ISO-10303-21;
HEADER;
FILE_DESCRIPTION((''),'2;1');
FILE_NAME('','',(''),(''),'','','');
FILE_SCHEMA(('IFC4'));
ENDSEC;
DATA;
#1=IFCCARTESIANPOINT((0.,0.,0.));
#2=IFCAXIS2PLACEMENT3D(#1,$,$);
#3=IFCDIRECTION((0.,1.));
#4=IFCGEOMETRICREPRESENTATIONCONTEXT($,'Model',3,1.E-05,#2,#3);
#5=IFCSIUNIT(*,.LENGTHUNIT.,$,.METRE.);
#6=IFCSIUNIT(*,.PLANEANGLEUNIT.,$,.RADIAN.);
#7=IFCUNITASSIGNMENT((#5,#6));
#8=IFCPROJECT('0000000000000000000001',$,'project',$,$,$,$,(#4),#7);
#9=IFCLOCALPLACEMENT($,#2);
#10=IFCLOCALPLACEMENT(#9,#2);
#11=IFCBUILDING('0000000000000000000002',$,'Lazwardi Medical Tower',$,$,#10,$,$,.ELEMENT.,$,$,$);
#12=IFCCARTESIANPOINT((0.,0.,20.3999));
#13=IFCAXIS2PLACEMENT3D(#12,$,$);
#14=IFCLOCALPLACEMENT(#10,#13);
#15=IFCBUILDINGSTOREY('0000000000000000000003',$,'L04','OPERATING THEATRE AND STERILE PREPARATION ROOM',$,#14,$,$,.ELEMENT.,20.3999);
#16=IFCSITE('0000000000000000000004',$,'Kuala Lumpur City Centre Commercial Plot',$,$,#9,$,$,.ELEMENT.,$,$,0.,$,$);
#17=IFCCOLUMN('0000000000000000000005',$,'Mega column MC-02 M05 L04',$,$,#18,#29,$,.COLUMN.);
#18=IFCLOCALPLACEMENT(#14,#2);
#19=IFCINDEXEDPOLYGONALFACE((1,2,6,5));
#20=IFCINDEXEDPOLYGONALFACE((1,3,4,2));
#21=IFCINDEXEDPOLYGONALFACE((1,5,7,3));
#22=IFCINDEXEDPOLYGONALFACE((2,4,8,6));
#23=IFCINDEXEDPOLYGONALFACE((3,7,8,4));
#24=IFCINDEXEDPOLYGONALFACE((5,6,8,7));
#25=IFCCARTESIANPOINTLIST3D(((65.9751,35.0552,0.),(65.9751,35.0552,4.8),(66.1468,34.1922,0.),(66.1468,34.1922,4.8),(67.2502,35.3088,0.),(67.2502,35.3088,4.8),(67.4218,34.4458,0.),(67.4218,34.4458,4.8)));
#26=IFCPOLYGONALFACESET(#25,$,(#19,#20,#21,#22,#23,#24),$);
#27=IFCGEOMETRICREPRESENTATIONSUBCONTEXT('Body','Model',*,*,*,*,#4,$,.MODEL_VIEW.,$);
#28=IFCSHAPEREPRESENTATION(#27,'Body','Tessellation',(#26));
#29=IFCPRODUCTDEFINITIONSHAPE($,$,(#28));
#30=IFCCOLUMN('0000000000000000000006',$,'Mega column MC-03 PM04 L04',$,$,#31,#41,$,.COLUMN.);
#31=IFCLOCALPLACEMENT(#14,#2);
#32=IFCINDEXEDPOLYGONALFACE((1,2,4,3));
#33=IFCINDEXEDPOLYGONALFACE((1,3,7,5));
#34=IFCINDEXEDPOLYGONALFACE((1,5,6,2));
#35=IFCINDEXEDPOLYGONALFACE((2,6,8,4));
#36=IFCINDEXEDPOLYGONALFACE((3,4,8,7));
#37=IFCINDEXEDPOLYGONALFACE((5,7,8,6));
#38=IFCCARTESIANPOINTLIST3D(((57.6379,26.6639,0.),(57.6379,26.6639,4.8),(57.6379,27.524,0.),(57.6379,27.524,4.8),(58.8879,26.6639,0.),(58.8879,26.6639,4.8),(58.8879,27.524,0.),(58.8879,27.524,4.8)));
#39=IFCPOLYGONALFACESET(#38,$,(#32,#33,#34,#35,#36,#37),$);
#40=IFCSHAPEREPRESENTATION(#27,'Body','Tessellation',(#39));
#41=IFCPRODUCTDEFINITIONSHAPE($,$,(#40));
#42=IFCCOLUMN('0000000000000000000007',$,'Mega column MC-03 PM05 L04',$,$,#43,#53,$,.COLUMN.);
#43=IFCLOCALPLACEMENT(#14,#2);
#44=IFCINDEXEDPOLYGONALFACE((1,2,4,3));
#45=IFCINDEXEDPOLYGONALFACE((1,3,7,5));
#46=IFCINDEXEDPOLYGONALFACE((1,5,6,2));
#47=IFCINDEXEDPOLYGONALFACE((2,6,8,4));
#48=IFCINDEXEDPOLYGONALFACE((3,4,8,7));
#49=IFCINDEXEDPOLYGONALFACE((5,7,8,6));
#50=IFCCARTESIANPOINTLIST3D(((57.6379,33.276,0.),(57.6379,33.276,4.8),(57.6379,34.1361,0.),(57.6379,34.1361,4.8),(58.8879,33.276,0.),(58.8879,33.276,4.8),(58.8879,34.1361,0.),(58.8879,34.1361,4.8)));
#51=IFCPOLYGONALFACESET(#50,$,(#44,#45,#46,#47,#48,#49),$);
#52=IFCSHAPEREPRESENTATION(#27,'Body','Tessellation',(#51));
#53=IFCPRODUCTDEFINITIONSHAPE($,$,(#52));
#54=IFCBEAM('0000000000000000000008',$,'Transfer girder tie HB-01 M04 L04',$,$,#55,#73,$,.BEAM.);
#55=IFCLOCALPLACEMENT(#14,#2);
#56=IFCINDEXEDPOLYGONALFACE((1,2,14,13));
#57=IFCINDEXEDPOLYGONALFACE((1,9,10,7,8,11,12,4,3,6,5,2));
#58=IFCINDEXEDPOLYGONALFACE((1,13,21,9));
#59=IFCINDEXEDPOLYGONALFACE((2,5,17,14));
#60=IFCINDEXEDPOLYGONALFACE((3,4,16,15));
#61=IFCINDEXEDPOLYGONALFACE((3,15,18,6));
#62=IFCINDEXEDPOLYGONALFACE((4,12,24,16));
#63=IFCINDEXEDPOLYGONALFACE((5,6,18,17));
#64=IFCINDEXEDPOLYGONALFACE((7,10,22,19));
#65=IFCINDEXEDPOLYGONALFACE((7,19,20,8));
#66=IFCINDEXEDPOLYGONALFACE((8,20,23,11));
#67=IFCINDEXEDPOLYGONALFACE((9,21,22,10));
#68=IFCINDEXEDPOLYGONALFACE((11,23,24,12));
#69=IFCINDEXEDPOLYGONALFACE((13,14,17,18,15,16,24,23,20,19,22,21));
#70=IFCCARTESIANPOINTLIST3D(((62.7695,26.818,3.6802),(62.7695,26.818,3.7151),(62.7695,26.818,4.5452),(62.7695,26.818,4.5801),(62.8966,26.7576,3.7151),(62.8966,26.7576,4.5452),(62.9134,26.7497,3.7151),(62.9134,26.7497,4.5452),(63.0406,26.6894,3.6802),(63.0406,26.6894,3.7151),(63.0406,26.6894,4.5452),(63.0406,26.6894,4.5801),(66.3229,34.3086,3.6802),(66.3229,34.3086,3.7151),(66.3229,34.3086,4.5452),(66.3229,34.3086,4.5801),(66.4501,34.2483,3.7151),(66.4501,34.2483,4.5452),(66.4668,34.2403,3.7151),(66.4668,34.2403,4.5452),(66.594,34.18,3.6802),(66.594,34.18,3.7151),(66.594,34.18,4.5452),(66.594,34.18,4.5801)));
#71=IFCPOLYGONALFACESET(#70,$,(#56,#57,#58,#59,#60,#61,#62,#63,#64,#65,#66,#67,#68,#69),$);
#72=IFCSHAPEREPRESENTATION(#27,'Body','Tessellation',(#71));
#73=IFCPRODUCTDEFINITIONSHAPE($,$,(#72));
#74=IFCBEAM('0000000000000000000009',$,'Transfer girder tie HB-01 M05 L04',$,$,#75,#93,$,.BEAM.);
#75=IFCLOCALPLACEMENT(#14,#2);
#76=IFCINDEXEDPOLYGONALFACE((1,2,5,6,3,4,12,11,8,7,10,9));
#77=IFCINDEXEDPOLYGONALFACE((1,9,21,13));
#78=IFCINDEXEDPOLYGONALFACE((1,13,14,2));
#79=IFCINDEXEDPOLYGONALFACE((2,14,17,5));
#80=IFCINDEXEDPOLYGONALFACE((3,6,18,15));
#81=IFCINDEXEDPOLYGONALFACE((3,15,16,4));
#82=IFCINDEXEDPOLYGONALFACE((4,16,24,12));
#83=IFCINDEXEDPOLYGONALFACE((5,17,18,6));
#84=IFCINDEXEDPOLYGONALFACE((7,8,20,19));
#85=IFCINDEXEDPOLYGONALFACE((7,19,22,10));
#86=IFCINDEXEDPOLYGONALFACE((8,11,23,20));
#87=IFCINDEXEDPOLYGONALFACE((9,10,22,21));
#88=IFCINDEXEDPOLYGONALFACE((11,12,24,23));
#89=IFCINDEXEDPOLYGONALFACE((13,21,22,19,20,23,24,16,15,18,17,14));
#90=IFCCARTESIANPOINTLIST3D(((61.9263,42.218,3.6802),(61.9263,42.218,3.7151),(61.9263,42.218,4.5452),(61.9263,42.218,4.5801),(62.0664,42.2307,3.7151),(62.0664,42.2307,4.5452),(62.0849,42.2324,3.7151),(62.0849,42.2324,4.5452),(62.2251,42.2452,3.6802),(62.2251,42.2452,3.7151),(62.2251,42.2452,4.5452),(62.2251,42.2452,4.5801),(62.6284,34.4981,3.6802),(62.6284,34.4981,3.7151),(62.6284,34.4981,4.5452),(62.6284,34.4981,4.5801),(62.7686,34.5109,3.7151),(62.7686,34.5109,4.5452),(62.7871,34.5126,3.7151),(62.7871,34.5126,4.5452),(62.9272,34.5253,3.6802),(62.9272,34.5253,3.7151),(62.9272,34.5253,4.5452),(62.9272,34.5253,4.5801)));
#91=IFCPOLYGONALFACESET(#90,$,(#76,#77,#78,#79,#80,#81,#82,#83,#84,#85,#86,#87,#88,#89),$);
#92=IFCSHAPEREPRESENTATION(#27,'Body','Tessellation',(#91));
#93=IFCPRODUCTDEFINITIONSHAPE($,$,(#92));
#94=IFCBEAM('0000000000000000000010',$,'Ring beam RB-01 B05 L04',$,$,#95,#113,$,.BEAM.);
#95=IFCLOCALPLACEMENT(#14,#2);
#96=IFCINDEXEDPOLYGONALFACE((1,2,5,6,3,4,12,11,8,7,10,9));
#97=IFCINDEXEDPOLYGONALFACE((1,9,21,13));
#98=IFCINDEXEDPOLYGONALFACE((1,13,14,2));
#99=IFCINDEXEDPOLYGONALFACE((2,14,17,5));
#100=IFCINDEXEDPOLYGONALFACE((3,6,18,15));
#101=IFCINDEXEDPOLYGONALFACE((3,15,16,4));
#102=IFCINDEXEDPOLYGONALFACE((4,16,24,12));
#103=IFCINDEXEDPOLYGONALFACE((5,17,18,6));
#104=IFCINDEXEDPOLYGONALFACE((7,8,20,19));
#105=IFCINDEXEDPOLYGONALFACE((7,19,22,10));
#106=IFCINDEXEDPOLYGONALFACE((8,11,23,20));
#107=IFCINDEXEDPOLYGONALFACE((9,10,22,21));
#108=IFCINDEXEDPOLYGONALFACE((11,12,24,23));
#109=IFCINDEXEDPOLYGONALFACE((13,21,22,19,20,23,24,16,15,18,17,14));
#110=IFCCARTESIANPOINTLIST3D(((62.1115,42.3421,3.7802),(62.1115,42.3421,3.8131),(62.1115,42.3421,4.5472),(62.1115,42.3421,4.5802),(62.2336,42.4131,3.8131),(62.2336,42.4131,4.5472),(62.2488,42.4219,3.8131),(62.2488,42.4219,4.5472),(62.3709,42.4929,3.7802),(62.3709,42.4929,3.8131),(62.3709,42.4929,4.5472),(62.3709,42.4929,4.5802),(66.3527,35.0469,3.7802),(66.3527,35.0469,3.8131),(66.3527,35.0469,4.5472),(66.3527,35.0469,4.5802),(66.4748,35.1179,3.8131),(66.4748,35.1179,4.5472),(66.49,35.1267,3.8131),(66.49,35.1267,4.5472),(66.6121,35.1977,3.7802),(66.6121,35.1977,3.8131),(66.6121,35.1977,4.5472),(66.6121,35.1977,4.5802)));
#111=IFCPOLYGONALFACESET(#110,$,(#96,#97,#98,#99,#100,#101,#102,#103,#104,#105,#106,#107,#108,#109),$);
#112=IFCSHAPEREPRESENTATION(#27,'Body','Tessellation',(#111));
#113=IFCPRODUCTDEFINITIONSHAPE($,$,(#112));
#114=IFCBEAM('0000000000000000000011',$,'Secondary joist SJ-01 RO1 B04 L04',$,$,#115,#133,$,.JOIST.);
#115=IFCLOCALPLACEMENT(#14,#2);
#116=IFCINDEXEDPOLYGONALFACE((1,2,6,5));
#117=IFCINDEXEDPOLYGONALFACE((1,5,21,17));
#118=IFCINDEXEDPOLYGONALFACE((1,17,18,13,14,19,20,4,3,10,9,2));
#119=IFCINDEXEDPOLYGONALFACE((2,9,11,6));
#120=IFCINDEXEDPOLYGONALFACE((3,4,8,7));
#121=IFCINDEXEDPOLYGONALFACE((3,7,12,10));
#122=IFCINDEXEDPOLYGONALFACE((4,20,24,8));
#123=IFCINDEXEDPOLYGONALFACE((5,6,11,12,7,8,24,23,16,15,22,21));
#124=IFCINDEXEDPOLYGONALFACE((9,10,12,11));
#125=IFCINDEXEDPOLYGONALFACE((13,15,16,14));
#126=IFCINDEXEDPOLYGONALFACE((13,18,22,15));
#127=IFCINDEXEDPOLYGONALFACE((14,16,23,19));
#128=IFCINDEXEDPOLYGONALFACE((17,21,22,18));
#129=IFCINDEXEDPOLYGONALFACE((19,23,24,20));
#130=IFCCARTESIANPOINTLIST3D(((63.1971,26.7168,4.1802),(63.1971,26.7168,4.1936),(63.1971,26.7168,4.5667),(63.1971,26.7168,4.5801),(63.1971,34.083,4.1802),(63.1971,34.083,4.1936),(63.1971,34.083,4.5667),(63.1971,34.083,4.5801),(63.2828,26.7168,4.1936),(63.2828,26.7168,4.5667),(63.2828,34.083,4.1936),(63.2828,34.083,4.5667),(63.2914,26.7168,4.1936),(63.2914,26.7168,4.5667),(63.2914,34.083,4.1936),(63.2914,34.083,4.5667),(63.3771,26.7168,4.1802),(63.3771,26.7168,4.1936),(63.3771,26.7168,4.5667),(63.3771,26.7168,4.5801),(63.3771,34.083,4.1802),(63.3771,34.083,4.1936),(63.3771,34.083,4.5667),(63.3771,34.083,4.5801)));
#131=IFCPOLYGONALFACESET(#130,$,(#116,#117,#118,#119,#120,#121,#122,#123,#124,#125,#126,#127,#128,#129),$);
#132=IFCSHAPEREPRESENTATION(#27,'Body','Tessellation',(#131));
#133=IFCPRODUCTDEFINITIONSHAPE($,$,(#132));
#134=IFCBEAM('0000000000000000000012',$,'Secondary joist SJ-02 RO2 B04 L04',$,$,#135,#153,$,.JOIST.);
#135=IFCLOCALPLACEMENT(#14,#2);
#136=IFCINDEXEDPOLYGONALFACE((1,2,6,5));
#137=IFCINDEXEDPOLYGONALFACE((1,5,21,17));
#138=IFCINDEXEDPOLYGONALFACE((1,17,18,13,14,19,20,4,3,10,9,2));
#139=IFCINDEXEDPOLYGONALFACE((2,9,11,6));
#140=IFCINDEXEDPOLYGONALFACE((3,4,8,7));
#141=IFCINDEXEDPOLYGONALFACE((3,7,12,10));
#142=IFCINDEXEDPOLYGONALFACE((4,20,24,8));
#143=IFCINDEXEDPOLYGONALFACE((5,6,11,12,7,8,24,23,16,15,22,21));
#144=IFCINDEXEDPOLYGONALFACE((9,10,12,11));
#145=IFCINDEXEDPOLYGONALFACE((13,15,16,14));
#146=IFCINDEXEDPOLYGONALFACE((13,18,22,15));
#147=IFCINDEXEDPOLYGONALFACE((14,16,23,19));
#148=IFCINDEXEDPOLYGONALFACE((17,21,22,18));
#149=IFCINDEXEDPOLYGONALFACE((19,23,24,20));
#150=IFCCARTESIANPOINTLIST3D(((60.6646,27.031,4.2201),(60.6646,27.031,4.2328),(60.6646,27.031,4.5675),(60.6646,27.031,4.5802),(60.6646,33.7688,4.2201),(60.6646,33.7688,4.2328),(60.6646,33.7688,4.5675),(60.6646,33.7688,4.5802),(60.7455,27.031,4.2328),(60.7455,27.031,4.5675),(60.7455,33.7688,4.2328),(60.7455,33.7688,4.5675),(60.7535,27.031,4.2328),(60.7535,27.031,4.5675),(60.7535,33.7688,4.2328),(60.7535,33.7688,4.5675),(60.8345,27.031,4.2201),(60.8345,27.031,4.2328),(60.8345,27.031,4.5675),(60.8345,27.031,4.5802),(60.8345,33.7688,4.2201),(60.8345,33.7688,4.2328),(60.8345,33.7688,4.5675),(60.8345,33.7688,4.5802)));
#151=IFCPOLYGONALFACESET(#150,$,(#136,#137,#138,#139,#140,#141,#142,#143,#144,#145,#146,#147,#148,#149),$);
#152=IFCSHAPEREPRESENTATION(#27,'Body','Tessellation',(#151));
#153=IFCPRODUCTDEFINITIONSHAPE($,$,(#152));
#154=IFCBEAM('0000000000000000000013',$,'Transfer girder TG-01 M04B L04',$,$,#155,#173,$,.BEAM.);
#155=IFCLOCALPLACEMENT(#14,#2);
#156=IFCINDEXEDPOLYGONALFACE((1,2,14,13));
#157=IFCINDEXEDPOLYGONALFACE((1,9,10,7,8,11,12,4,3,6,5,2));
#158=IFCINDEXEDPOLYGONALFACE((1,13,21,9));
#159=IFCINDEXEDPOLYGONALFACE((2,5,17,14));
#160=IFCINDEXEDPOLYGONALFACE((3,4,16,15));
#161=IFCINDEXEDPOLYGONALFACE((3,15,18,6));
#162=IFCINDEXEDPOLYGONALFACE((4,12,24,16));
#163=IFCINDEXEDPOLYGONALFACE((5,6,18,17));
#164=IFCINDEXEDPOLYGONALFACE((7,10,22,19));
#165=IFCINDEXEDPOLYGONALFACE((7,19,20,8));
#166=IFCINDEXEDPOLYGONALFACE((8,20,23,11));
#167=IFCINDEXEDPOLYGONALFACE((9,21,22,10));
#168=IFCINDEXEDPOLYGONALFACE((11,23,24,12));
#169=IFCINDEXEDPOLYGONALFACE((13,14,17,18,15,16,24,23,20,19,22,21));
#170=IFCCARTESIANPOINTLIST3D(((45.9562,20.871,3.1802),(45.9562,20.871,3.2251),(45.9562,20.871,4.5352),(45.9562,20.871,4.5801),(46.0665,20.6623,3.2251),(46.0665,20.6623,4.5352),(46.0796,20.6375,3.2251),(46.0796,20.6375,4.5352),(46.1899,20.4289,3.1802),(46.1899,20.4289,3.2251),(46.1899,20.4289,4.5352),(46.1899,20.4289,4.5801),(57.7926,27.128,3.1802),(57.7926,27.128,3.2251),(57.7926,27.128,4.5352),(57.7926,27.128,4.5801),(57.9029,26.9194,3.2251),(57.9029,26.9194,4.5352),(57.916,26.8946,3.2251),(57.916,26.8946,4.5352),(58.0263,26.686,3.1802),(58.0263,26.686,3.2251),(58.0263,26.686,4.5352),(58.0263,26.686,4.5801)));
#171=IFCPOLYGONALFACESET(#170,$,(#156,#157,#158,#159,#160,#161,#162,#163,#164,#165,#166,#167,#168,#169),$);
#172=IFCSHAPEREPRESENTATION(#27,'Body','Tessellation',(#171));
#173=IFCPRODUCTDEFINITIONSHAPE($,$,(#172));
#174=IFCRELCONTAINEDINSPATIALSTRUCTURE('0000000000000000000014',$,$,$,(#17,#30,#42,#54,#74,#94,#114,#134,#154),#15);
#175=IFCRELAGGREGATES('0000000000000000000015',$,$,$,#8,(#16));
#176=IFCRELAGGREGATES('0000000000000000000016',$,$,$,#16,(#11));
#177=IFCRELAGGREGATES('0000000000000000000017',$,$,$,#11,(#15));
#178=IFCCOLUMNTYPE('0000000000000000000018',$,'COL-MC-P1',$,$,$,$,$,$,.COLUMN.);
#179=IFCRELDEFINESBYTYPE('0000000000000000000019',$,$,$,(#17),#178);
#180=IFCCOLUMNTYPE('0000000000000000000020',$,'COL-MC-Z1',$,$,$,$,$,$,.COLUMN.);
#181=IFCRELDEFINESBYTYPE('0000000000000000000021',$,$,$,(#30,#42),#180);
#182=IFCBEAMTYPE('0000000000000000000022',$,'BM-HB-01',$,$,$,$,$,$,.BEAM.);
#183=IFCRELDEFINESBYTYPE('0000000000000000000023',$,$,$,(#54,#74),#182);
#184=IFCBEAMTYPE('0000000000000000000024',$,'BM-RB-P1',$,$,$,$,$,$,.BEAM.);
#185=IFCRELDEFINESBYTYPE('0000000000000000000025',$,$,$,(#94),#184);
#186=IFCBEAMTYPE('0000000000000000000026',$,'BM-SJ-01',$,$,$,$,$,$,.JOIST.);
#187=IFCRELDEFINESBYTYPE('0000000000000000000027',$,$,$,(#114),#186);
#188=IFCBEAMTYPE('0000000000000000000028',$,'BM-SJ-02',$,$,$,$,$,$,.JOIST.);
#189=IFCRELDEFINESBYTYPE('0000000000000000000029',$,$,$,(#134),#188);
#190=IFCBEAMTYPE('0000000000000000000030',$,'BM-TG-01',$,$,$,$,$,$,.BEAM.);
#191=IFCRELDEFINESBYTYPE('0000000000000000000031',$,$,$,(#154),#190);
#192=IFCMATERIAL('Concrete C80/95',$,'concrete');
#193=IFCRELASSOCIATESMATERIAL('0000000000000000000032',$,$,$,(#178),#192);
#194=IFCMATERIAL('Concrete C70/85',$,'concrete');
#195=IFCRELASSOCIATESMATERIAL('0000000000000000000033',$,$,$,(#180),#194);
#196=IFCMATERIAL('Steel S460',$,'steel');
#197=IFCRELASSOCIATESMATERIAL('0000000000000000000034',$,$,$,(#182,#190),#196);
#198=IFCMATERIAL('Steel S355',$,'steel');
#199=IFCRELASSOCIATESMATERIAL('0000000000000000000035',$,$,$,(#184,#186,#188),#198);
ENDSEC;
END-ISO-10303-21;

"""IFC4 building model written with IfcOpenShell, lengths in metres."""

from ifc_helpers import new_model, si_unit, direction, frame, origin, origin_2d, place, context, subcontext, project, spatial, rectangle, i_section, extrude, material, material_profile, profile_set, type_object, element, save


model = new_model("IFC4")

# Units and contexts
model_context = context("Model", 3, precision=1e-05, world=origin(), true_north=direction((0.0, 1.0)))
body_context = subcontext(model_context, "Body", "Model", "MODEL_VIEW")
ifc_project = project(units=[si_unit("LENGTHUNIT", "METRE"), si_unit("PLANEANGLEUNIT", "RADIAN")], contexts=[model_context])

# Site, building, storey
site_placement = place(None, origin())
site = spatial("IfcSite", under=ifc_project, at=site_placement, Name="Kuala Lumpur City Centre Commercial Plot", CompositionType="ELEMENT", RefElevation=0.0)
building_placement = place(site_placement, origin())
building = spatial("IfcBuilding", under=site, at=building_placement, Name="Lazwardi Medical Tower", CompositionType="ELEMENT")
storey_placement = place(building_placement, frame((0.0, 0.0, 20.3999)))
storey = spatial("IfcBuildingStorey", under=building, at=storey_placement, Name="L04", Description="OPERATING THEATRE AND STERILE PREPARATION ROOM", CompositionType="ELEMENT", Elevation=20.3999)

# Columns
ifc_material_1 = material(Name="Concrete C80/95", Category="concrete")
ifc_material_profile_1 = material_profile(ifc_material_1, rectangle(XDim=1.3, YDim=0.8799, at=origin_2d()), Name="CFT-RECT 1300x880")
ifc_profile_set_1 = profile_set([ifc_material_profile_1], Name="Concrete C80/95")
column_type_1 = type_object("IfcColumnType", Name="COL-MC-P1", PredefinedType="COLUMN", material=ifc_profile_set_1)
column_placement = place(storey_placement, frame((66.6985, 34.7505, 0.0), z_axis=(0.0, 0.0, 1.0), x_axis=(0.980785, 0.19509, 0.0)))
element("IfcColumn", 1, at=column_placement, inside=storey, type_object=column_type_1, Name="Mega column MC-02 M05 L04", PredefinedType="COLUMN", context=body_context, shape_type="SweptSolid", body=[
    extrude(rectangle(XDim=1.3, YDim=0.8799, at=origin_2d()), origin(), (0.0, 0.0, 1.0), 4.8),
])
ifc_material_2 = material(Name="Concrete C70/85", Category="concrete")
ifc_material_profile_2 = material_profile(ifc_material_2, rectangle(XDim=1.25, YDim=0.8601, at=origin_2d()), Name="CFT-RECT 1250x860")
ifc_profile_set_2 = profile_set([ifc_material_profile_2], Name="Concrete C70/85")
column_type_2 = type_object("IfcColumnType", Name="COL-MC-Z1", PredefinedType="COLUMN", material=ifc_profile_set_2)
for number, where, z_axis, x_axis, name in (
    (2, (58.2629, 27.094, 0.0), (0.0, 0.0, 1.0), (1.0, 0.0, 0.0), "Mega column MC-03 PM04 L04"),
    (3, (58.2629, 33.7061, 0.0), (0.0, 0.0, 1.0), (1.0, 0.0, 0.0), "Mega column MC-03 PM05 L04"),
):
    element("IfcColumn", number, at=place(storey_placement, frame(where, z_axis=z_axis, x_axis=x_axis)), inside=storey, type_object=column_type_2, Name=name, PredefinedType="COLUMN", context=body_context, shape_type="SweptSolid", body=[
        extrude(rectangle(XDim=1.25, YDim=0.8601, at=origin_2d()), origin(), (0.0, 0.0, 1.0), 4.8),
    ])

# Beams
ifc_material_3 = material(Name="Steel S460", Category="steel")
ifc_material_profile_3 = material_profile(ifc_material_3, i_section(OverallWidth=0.3, OverallDepth=0.8999, WebThickness=0.0186, FlangeThickness=0.0349, at=origin_2d()), Name="HEB 900")
ifc_profile_set_3 = profile_set([ifc_material_profile_3], Name="Steel S460")
beam_type_1 = type_object("IfcBeamType", Name="BM-HB-01", PredefinedType="BEAM", material=ifc_profile_set_3)
beam_1_placement = place(storey_placement, frame((62.905, 26.7537, 4.1301), z_axis=(0.428601, 0.903494, 0.0), x_axis=(-0.903494, 0.428601, 0.0)))
element("IfcBeam", 4, at=beam_1_placement, inside=storey, type_object=beam_type_1, Name="Transfer girder tie HB-01 M04 L04", PredefinedType="BEAM", context=body_context, shape_type="SweptSolid", body=[
    extrude(i_section(OverallWidth=0.3, OverallDepth=0.8999, WebThickness=0.0186, FlangeThickness=0.0349, at=origin_2d()), origin(), (0.0, 0.0, 1.0), 8.2908),
])
beam_2_placement = place(storey_placement, frame((62.7778, 34.5117, 4.1301), z_axis=(-0.090581, 0.995889, 0.0), x_axis=(-0.995889, -0.090581, 0.0)))
element("IfcBeam", 5, at=beam_2_placement, inside=storey, type_object=beam_type_1, Name="Transfer girder tie HB-01 M05 L04", PredefinedType="BEAM", context=body_context, shape_type="SweptSolid", body=[
    extrude(i_section(OverallWidth=0.3, OverallDepth=0.8999, WebThickness=0.0186, FlangeThickness=0.0349, at=origin_2d()), origin(), (0.0, 0.0, 1.0), 7.7517),
])
ifc_material_4 = material(Name="Steel S355", Category="steel")
ifc_material_profile_4 = material_profile(ifc_material_4, i_section(OverallWidth=0.3, OverallDepth=0.8, WebThickness=0.0176, FlangeThickness=0.033, at=origin_2d()), Name="HEB 800")
ifc_profile_set_4 = profile_set([ifc_material_profile_4], Name="Steel S355")
beam_type_2 = type_object("IfcBeamType", Name="BM-RB-P1", PredefinedType="BEAM", material=ifc_profile_set_4)
beam_3_placement = place(storey_placement, frame((66.4824, 35.1223, 4.1802), z_axis=(-0.502606, 0.864516, 0.0), x_axis=(-0.864516, -0.502606, 0.0)))
element("IfcBeam", 6, at=beam_3_placement, inside=storey, type_object=beam_type_2, Name="Ring beam RB-01 B05 L04", PredefinedType="BEAM", context=body_context, shape_type="SweptSolid", body=[
    extrude(i_section(OverallWidth=0.3, OverallDepth=0.8, WebThickness=0.0176, FlangeThickness=0.033, at=origin_2d()), origin(), (0.0, 0.0, 1.0), 8.4385),
])
ifc_material_profile_5 = material_profile(ifc_material_4, i_section(OverallWidth=0.1799, OverallDepth=0.3999, WebThickness=0.0085, FlangeThickness=0.0134, at=origin_2d()), Name="IPE 400")
ifc_profile_set_5 = profile_set([ifc_material_profile_5], Name="Steel S355")
beam_type_3 = type_object("IfcBeamType", Name="BM-SJ-01", PredefinedType="JOIST", material=ifc_profile_set_5)
beam_4_placement = place(storey_placement, frame((63.2871, 26.7168, 4.3801), z_axis=(0.0, 1.0, 0.0), x_axis=(-1.0, 0.0, 0.0)))
element("IfcBeam", 7, at=beam_4_placement, inside=storey, type_object=beam_type_3, Name="Secondary joist SJ-01 RO1 B04 L04", PredefinedType="JOIST", context=body_context, shape_type="SweptSolid", body=[
    extrude(i_section(OverallWidth=0.1799, OverallDepth=0.3999, WebThickness=0.0085, FlangeThickness=0.0134, at=origin_2d()), origin(), (0.0, 0.0, 1.0), 7.3662),
])
ifc_material_profile_6 = material_profile(ifc_material_4, i_section(OverallWidth=0.1699, OverallDepth=0.3601, WebThickness=0.0081, FlangeThickness=0.0127, at=origin_2d()), Name="IPE 360")
ifc_profile_set_6 = profile_set([ifc_material_profile_6], Name="Steel S355")
beam_type_4 = type_object("IfcBeamType", Name="BM-SJ-02", PredefinedType="JOIST", material=ifc_profile_set_6)
beam_5_placement = place(storey_placement, frame((60.7495, 27.031, 4.4001), z_axis=(0.0, 1.0, 0.0), x_axis=(-1.0, 0.0, 0.0)))
element("IfcBeam", 8, at=beam_5_placement, inside=storey, type_object=beam_type_4, Name="Secondary joist SJ-02 RO2 B04 L04", PredefinedType="JOIST", context=body_context, shape_type="SweptSolid", body=[
    extrude(i_section(OverallWidth=0.1699, OverallDepth=0.3601, WebThickness=0.0081, FlangeThickness=0.0127, at=origin_2d()), origin(), (0.0, 0.0, 1.0), 6.7378),
])
ifc_material_profile_7 = material_profile(ifc_material_3, i_section(OverallWidth=0.5, OverallDepth=1.3999, WebThickness=0.0281, FlangeThickness=0.0449, at=origin_2d()), Name="PG 1400x500")
ifc_profile_set_7 = profile_set([ifc_material_profile_7], Name="Steel S460")
beam_type_5 = type_object("IfcBeamType", Name="BM-TG-01", PredefinedType="BEAM", material=ifc_profile_set_7)
beam_6_placement = place(storey_placement, frame((57.9094, 26.907, 3.8801), z_axis=(-0.884074, -0.467347, 0.0), x_axis=(0.467347, -0.884074, 0.0)))
element("IfcBeam", 9, at=beam_6_placement, inside=storey, type_object=beam_type_5, Name="Transfer girder TG-01 M04B L04", PredefinedType="BEAM", context=body_context, shape_type="SweptSolid", body=[
    extrude(i_section(OverallWidth=0.5, OverallDepth=1.3999, WebThickness=0.0281, FlangeThickness=0.0449, at=origin_2d()), origin(), (0.0, 0.0, 1.0), 13.3884),
])

save(model, "model.ifc")
